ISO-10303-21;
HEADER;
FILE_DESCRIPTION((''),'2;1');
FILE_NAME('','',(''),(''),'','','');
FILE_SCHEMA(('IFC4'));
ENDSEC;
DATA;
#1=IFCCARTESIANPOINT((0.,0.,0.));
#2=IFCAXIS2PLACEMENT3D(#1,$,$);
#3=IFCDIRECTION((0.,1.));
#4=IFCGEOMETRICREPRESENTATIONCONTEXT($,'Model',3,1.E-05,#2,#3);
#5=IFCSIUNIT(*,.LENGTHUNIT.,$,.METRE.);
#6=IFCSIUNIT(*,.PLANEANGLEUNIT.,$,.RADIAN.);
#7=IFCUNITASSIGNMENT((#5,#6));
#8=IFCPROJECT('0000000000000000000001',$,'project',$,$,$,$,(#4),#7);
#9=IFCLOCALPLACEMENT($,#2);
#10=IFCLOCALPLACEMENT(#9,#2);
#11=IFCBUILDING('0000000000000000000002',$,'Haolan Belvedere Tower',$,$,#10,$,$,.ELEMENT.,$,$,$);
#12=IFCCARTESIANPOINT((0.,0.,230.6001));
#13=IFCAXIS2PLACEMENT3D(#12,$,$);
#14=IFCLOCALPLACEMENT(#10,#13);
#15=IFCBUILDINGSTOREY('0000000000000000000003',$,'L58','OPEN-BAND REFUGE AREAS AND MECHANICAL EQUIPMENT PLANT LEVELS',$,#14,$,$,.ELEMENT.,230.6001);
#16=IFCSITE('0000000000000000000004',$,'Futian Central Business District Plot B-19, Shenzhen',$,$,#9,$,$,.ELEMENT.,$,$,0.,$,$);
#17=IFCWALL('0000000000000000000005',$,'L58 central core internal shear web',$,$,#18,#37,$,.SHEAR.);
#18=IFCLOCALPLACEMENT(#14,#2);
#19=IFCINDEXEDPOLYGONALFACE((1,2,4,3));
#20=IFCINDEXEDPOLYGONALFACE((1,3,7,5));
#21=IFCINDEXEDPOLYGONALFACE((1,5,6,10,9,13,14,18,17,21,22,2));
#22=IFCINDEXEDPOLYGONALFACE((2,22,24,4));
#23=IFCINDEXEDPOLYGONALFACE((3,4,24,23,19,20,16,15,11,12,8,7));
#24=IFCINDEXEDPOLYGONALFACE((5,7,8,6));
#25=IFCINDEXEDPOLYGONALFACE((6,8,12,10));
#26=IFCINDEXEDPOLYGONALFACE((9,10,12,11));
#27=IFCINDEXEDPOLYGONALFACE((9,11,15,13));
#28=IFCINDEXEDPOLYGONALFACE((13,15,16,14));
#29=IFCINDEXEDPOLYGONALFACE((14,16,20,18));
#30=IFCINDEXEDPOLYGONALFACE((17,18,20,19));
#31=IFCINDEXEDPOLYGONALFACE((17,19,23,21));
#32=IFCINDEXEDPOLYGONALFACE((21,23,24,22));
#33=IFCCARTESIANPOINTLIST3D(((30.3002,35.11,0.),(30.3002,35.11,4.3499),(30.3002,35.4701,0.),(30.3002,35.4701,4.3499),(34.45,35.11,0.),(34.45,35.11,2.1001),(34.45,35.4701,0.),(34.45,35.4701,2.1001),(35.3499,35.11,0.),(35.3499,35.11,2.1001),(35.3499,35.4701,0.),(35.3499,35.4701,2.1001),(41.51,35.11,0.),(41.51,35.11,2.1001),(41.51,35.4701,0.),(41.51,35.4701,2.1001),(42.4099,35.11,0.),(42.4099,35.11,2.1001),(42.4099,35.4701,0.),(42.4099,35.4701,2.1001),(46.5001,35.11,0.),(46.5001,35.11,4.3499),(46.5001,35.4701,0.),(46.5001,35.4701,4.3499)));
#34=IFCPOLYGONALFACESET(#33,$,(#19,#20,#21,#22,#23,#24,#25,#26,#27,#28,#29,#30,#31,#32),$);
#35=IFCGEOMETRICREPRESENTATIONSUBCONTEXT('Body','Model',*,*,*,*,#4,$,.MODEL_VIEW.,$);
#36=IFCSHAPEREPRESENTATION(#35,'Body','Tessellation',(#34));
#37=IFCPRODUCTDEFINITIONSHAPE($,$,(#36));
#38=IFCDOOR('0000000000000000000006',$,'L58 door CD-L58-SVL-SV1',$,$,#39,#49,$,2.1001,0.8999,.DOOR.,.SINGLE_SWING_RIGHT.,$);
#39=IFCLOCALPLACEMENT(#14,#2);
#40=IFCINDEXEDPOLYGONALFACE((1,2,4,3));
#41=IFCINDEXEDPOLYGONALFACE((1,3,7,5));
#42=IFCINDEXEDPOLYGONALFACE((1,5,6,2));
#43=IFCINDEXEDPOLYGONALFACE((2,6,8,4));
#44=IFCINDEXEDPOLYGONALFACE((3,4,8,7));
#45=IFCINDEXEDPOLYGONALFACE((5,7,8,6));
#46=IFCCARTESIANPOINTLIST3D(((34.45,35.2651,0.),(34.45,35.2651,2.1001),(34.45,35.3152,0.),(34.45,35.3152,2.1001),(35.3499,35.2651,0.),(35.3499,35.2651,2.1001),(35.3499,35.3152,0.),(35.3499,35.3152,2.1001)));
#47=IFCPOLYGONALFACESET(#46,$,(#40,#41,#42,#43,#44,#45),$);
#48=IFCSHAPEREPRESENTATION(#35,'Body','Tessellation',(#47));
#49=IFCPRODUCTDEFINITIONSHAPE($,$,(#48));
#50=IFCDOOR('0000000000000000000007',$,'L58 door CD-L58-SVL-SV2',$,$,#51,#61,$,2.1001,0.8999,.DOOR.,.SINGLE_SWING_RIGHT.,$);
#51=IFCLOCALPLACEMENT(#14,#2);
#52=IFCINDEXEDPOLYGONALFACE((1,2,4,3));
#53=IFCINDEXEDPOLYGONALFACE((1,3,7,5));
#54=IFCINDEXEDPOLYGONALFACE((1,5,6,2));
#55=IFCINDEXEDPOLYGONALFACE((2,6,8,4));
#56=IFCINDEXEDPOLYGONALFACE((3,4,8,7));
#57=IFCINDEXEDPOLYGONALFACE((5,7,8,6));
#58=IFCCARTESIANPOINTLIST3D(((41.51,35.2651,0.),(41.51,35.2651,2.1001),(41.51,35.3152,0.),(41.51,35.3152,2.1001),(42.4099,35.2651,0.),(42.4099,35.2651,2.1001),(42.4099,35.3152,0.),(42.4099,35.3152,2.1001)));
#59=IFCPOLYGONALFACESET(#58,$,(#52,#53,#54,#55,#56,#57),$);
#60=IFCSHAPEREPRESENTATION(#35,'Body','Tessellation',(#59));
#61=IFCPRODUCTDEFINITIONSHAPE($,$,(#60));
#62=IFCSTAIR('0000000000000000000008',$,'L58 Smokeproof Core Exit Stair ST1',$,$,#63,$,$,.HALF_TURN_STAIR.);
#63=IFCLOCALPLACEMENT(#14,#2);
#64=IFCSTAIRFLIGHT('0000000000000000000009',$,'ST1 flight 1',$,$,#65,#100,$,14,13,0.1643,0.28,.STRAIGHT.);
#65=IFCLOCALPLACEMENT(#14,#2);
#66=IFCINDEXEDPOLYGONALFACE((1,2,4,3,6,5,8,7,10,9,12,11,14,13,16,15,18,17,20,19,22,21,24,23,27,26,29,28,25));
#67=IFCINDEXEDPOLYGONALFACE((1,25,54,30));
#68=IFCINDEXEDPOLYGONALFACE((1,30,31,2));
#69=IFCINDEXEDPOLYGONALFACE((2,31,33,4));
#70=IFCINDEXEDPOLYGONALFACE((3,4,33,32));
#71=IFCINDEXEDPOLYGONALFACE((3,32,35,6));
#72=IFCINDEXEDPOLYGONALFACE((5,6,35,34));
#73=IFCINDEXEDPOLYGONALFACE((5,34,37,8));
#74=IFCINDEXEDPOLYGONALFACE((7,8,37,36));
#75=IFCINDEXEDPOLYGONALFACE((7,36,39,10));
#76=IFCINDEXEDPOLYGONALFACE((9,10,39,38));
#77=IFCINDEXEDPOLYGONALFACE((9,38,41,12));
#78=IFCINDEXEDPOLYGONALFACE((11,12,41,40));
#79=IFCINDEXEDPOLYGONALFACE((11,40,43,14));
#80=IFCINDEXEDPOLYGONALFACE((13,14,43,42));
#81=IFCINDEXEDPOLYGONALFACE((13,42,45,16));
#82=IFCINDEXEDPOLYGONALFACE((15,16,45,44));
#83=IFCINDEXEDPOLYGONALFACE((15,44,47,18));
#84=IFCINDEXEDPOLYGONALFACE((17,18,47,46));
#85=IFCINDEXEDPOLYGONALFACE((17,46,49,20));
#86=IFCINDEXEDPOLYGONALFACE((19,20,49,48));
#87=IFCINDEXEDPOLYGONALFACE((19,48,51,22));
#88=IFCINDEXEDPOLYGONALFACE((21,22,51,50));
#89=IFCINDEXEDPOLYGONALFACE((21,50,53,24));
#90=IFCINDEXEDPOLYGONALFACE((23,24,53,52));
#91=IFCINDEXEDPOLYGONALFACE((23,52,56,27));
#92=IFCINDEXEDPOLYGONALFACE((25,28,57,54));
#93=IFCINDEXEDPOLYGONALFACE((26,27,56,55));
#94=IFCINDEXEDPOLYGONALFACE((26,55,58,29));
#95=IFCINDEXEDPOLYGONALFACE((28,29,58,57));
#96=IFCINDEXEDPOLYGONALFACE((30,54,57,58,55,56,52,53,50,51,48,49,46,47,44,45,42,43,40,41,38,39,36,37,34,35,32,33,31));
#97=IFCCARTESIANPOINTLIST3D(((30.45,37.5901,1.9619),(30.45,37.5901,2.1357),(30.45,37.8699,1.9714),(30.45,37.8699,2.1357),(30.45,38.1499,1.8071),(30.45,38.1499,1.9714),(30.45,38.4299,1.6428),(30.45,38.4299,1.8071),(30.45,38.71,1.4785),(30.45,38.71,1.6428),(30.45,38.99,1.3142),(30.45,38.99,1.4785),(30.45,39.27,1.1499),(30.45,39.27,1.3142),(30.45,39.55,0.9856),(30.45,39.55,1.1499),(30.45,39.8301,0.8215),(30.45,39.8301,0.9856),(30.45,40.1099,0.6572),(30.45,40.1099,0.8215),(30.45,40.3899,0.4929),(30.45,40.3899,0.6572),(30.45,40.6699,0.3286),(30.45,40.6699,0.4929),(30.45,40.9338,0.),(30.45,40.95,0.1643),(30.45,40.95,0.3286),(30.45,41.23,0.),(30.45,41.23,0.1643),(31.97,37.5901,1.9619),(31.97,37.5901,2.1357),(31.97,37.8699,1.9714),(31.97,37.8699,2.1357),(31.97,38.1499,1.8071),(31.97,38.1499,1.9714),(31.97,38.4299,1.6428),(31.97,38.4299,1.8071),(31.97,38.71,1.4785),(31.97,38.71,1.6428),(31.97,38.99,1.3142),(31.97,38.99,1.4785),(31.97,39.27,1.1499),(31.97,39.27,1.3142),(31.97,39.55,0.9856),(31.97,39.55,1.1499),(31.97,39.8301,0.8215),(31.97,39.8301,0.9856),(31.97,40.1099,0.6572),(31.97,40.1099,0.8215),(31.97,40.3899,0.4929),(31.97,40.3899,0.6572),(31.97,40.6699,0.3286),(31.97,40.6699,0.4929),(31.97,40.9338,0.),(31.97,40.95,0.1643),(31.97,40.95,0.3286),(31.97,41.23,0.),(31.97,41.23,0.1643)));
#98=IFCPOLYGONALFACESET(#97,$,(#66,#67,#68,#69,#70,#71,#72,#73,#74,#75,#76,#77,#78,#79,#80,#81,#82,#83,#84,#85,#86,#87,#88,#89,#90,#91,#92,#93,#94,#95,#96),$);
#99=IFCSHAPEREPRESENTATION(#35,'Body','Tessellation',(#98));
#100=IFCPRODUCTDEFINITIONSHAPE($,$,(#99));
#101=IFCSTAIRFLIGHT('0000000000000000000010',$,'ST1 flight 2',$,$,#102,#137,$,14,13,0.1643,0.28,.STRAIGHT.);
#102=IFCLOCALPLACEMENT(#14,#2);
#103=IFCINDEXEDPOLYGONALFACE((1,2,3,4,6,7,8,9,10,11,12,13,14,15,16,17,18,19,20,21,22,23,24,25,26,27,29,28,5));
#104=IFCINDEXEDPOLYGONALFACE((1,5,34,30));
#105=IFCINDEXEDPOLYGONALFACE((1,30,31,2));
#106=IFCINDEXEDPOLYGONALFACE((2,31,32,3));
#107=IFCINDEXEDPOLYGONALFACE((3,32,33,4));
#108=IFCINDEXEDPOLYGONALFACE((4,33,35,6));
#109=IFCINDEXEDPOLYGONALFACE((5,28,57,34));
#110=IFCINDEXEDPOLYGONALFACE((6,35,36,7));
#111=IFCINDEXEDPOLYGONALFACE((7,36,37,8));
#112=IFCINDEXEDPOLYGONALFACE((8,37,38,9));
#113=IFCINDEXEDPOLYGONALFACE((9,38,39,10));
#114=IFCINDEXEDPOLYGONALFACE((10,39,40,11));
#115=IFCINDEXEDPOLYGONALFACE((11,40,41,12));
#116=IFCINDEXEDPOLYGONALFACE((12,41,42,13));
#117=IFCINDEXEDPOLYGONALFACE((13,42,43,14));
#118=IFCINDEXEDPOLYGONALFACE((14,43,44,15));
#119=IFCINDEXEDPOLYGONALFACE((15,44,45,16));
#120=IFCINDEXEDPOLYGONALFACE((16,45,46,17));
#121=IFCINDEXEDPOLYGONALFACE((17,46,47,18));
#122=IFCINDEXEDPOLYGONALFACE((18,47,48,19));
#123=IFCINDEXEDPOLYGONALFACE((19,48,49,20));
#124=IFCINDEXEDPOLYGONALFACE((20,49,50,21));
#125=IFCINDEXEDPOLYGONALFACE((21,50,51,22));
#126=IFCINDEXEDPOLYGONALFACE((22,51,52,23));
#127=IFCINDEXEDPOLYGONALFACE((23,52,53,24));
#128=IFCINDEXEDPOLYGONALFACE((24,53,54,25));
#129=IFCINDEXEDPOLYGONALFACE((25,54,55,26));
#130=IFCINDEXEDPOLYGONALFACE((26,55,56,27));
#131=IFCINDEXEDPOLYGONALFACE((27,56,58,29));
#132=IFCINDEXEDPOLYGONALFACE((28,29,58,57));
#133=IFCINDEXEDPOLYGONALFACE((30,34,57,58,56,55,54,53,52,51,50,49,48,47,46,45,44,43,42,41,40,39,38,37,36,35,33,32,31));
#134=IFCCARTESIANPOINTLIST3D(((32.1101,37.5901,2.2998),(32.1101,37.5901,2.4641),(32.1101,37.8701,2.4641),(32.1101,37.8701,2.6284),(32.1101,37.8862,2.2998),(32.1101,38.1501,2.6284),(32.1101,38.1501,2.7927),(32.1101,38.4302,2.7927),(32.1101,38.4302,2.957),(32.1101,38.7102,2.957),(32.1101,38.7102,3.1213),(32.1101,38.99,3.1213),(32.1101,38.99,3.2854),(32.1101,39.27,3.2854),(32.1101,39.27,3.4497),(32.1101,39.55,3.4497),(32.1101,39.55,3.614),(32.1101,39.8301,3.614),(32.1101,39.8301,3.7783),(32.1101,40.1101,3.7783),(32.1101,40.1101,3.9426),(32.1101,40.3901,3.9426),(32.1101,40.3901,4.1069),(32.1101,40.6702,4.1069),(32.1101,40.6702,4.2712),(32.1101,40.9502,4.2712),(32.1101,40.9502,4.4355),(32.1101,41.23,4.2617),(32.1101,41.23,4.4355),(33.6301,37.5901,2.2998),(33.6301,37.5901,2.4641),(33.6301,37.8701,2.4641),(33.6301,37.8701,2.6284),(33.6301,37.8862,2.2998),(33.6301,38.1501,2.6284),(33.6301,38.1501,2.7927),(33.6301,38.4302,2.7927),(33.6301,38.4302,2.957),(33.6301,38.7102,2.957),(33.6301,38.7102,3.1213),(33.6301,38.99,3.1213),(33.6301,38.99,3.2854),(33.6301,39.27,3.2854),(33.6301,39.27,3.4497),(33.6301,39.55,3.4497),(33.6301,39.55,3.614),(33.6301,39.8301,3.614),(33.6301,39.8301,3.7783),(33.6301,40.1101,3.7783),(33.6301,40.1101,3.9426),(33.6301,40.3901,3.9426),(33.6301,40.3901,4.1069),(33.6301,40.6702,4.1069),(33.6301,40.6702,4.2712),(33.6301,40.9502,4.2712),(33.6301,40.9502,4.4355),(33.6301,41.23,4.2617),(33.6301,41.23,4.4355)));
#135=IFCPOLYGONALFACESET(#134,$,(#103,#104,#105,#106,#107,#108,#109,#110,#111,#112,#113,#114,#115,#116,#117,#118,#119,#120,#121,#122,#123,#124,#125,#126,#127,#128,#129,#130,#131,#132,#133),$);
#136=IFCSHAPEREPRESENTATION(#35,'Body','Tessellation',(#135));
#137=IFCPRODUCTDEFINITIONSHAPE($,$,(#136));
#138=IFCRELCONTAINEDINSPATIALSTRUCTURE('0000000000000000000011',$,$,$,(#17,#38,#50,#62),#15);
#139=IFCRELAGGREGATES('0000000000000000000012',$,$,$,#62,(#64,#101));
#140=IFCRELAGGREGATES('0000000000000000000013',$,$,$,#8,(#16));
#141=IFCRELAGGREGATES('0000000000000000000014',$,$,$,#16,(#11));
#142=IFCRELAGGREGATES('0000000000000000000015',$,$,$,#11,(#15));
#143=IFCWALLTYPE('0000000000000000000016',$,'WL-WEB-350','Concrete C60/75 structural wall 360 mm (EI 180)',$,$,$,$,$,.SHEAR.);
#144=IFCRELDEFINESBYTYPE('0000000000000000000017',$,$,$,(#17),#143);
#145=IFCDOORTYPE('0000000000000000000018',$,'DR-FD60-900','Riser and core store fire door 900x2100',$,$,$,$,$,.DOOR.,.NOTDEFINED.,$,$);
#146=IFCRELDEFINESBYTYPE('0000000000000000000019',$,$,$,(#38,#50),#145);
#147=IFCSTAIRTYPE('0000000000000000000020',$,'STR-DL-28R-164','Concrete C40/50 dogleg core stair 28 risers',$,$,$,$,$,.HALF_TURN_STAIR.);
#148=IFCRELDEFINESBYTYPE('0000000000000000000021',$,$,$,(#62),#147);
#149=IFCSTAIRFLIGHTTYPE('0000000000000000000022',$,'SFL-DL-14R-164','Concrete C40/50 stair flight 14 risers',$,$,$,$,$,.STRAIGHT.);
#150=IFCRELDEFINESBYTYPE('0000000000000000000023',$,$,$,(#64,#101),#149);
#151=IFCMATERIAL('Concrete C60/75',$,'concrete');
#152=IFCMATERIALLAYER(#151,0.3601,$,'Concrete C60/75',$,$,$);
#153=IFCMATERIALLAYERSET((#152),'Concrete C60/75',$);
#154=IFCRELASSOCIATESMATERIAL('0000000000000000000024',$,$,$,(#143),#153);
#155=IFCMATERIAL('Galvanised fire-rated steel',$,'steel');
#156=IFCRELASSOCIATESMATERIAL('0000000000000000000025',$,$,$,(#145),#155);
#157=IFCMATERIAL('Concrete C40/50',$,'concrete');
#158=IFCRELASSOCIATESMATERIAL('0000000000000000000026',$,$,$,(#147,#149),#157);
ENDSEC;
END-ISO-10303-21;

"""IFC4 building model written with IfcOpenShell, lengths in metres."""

from ifc_helpers import new_model, si_unit, direction, frame, frame_2d, origin, place, context, subcontext, project, spatial, polyline, rectangle, outline, extrude, material, layer, layer_set, type_object, element, fill, aggregate, save


model = new_model("IFC4")

# Units and contexts
model_context = context("Model", 3, precision=1e-05, world=origin(), true_north=direction((0.0, 1.0)))
body_context = subcontext(model_context, "Body", "Model", "MODEL_VIEW")
ifc_project = project(units=[si_unit("LENGTHUNIT", "METRE"), si_unit("PLANEANGLEUNIT", "RADIAN")], contexts=[model_context])

# Site, building, storey
site_placement = place(None, origin())
site = spatial("IfcSite", under=ifc_project, at=site_placement, Name="Futian Central Business District Plot B-19, Shenzhen", CompositionType="ELEMENT", RefElevation=0.0)
building_placement = place(site_placement, origin())
building = spatial("IfcBuilding", under=site, at=building_placement, Name="Haolan Belvedere Tower", CompositionType="ELEMENT")
storey_placement = place(building_placement, frame((0.0, 0.0, 230.6001)))
storey = spatial("IfcBuildingStorey", under=building, at=storey_placement, Name="L58", Description="OPEN-BAND REFUGE AREAS AND MECHANICAL EQUIPMENT PLANT LEVELS", CompositionType="ELEMENT", Elevation=230.6001)

# Shared definitions
ifc_material_1 = material(Name="Concrete C40/50", Category="concrete")

# Shared definitions
ifc_material_2 = material(Name="Galvanised fire-rated steel", Category="steel")

# Wall, openings, doors
ifc_material_3 = material(Name="Concrete C60/75", Category="concrete")
ifc_layer_1 = layer(ifc_material_3, 0.3601, Name="Concrete C60/75")
ifc_layer_set_1 = layer_set([ifc_layer_1], Name="Concrete C60/75")
wall_type_1 = type_object("IfcWallType", Name="WL-WEB-350", Description="Concrete C60/75 structural wall 360 mm (EI 180)", PredefinedType="SHEAR", material=ifc_layer_set_1)
wall_1_placement = place(storey_placement, frame((30.3, 35.29, 0.0), z_axis=(0.0, 0.0, 1.0), x_axis=(1.0, 0.0, 0.0)))
wall_1 = element("IfcWall", 1, at=wall_1_placement, inside=storey, type_object=wall_type_1, Name="L58 central core internal shear web", PredefinedType="SHEAR", context=body_context, shape_type="SweptSolid", body=[
    extrude(rectangle(XDim=16.2, YDim=0.3601, at=frame_2d((8.1001, 0.0))), origin(), (0.0, 0.0, 1.0), 4.3499),
])
opening_1_placement = place(wall_1_placement, frame((5.0498, 0.0, 0.0), z_axis=(0.0, 0.0, 1.0), x_axis=(-1.0, 0.0, 0.0)))
opening_1 = element("IfcOpeningElement", 2, at=opening_1_placement, cuts=wall_1, PredefinedType="OPENING", context=body_context, shape_type="SweptSolid", body=[
    extrude(rectangle(XDim=0.8999, YDim=2.1001, at=frame_2d((0.45, 1.05))), frame((0.0, 0.1899, 0.0), z_axis=(0.0, -1.0, 0.0), x_axis=(1.0, 0.0, 0.0)), (0.0, 0.0, 1.0), 0.3801),
])
opening_2_placement = place(wall_1_placement, frame((12.1099, 0.0, 0.0), z_axis=(0.0, 0.0, 1.0), x_axis=(-1.0, 0.0, 0.0)))
opening_2 = element("IfcOpeningElement", 3, at=opening_2_placement, cuts=wall_1, PredefinedType="OPENING", context=body_context, shape_type="SweptSolid", body=[
    extrude(rectangle(XDim=0.8999, YDim=2.1001, at=frame_2d((0.45, 1.05))), frame((0.0, 0.1899, 0.0), z_axis=(0.0, -1.0, 0.0), x_axis=(1.0, 0.0, 0.0)), (0.0, 0.0, 1.0), 0.3801),
])
door_type_1 = type_object("IfcDoorType", Name="DR-FD60-900", Description="Riser and core store fire door 900x2100", OperationType="NOTDEFINED", PredefinedType="DOOR", material=ifc_material_2)
door_1_placement = place(opening_1_placement, origin())
door_1 = element("IfcDoor", 4, at=door_1_placement, inside=storey, type_object=door_type_1, Name="L58 door CD-L58-SVL-SV1", OperationType="SINGLE_SWING_RIGHT", OverallHeight=2.1001, OverallWidth=0.8999, PredefinedType="DOOR", context=body_context, shape_type="SweptSolid", body=[
    extrude(rectangle(XDim=0.8999, YDim=2.1001, at=frame_2d((0.45, 1.05))), frame((0.0, 0.0249, 0.0), z_axis=(0.0, -1.0, 0.0), x_axis=(1.0, 0.0, 0.0)), (0.0, 0.0, 1.0), 0.05),
])
fill(opening_1, door_1)
door_2_placement = place(opening_2_placement, origin())
door_2 = element("IfcDoor", 5, at=door_2_placement, inside=storey, type_object=door_type_1, Name="L58 door CD-L58-SVL-SV2", OperationType="SINGLE_SWING_RIGHT", OverallHeight=2.1001, OverallWidth=0.8999, PredefinedType="DOOR", context=body_context, shape_type="SweptSolid", body=[
    extrude(rectangle(XDim=0.8999, YDim=2.1001, at=frame_2d((0.45, 1.05))), frame((0.0, 0.0249, 0.0), z_axis=(0.0, -1.0, 0.0), x_axis=(1.0, 0.0, 0.0)), (0.0, 0.0, 1.0), 0.05),
])
fill(opening_2, door_2)

# Stair, stair flights
stair_type = type_object("IfcStairType", Name="STR-DL-28R-164", Description="Concrete C40/50 dogleg core stair 28 risers", PredefinedType="HALF_TURN_STAIR", material=ifc_material_1)
stair_placement = place(storey_placement, origin())
stair = element("IfcStair", 6, at=stair_placement, inside=storey, type_object=stair_type, Name="L58 Smokeproof Core Exit Stair ST1", PredefinedType="HALF_TURN_STAIR")
stair_flight_type = type_object("IfcStairFlightType", Name="SFL-DL-14R-164", Description="Concrete C40/50 stair flight 14 risers", PredefinedType="STRAIGHT", material=ifc_material_1)
stair_flight_1_placement = place(storey_placement, frame((31.21, 41.23, 0.0), z_axis=(0.0, 0.0, 1.0), x_axis=(0.0, -1.0, 0.0)))
stair_flight_1 = element("IfcStairFlight", 7, at=stair_flight_1_placement, type_object=stair_flight_type, Name="ST1 flight 1", NumberOfRisers=14, NumberOfTreads=13, PredefinedType="STRAIGHT", RiserHeight=0.1643, TreadLength=0.28, context=body_context, shape_type="SweptSolid", body=[
    extrude(outline(polyline([(0.0, 0.0), (0.0, 0.1643), (0.28, 0.1643), (0.28, 0.3286), (0.5601, 0.3286), (0.5601, 0.4929), (0.8401, 0.4929), (0.8401, 0.6572), (1.1201, 0.6572), (1.1201, 0.8215), (1.3999, 0.8215), (1.3999, 0.9856), (1.6799, 0.9856), (1.6799, 1.1499), (1.96, 1.1499), (1.96, 1.3142), (2.24, 1.3142), (2.24, 1.4785), (2.52, 1.4785), (2.52, 1.6428), (2.8, 1.6428), (2.8, 1.8071), (3.0801, 1.8071), (3.0801, 1.9714), (3.3601, 1.9714), (3.3601, 2.1357), (3.6399, 2.1357), (3.6399, 2.3), (3.6399, 1.9619), (0.2961, 0.0), (0.0, 0.0)])), frame((0.0, 0.76, 0.0), z_axis=(0.0, -1.0, 0.0), x_axis=(1.0, 0.0, 0.0)), (0.0, 0.0, 1.0), 1.52),
])
stair_flight_2_placement = place(storey_placement, frame((32.8701, 37.5901, 2.2998), z_axis=(0.0, 0.0, 1.0), x_axis=(0.0, 1.0, 0.0)))
stair_flight_2 = element("IfcStairFlight", 8, at=stair_flight_2_placement, type_object=stair_flight_type, Name="ST1 flight 2", NumberOfRisers=14, NumberOfTreads=13, PredefinedType="STRAIGHT", RiserHeight=0.1643, TreadLength=0.28, context=body_context, shape_type="SweptSolid", body=[
    extrude(outline(polyline([(0.0, 0.0), (0.0, 0.1643), (0.28, 0.1643), (0.28, 0.3286), (0.5601, 0.3286), (0.5601, 0.4929), (0.8401, 0.4929), (0.8401, 0.6572), (1.1201, 0.6572), (1.1201, 0.8215), (1.3999, 0.8215), (1.3999, 0.9856), (1.6799, 0.9856), (1.6799, 1.1499), (1.96, 1.1499), (1.96, 1.3142), (2.24, 1.3142), (2.24, 1.4785), (2.52, 1.4785), (2.52, 1.6428), (2.8, 1.6428), (2.8, 1.8071), (3.0801, 1.8071), (3.0801, 1.9714), (3.3601, 1.9714), (3.3601, 2.1357), (3.6399, 2.1357), (3.6399, 2.3), (3.6399, 1.9619), (0.2961, 0.0), (0.0, 0.0)])), frame((0.0, 0.76, 0.0), z_axis=(0.0, -1.0, 0.0), x_axis=(1.0, 0.0, 0.0)), (0.0, 0.0, 1.0), 1.52),
])
aggregate(stair, [stair_flight_1, stair_flight_2])

save(model, "model.ifc")
